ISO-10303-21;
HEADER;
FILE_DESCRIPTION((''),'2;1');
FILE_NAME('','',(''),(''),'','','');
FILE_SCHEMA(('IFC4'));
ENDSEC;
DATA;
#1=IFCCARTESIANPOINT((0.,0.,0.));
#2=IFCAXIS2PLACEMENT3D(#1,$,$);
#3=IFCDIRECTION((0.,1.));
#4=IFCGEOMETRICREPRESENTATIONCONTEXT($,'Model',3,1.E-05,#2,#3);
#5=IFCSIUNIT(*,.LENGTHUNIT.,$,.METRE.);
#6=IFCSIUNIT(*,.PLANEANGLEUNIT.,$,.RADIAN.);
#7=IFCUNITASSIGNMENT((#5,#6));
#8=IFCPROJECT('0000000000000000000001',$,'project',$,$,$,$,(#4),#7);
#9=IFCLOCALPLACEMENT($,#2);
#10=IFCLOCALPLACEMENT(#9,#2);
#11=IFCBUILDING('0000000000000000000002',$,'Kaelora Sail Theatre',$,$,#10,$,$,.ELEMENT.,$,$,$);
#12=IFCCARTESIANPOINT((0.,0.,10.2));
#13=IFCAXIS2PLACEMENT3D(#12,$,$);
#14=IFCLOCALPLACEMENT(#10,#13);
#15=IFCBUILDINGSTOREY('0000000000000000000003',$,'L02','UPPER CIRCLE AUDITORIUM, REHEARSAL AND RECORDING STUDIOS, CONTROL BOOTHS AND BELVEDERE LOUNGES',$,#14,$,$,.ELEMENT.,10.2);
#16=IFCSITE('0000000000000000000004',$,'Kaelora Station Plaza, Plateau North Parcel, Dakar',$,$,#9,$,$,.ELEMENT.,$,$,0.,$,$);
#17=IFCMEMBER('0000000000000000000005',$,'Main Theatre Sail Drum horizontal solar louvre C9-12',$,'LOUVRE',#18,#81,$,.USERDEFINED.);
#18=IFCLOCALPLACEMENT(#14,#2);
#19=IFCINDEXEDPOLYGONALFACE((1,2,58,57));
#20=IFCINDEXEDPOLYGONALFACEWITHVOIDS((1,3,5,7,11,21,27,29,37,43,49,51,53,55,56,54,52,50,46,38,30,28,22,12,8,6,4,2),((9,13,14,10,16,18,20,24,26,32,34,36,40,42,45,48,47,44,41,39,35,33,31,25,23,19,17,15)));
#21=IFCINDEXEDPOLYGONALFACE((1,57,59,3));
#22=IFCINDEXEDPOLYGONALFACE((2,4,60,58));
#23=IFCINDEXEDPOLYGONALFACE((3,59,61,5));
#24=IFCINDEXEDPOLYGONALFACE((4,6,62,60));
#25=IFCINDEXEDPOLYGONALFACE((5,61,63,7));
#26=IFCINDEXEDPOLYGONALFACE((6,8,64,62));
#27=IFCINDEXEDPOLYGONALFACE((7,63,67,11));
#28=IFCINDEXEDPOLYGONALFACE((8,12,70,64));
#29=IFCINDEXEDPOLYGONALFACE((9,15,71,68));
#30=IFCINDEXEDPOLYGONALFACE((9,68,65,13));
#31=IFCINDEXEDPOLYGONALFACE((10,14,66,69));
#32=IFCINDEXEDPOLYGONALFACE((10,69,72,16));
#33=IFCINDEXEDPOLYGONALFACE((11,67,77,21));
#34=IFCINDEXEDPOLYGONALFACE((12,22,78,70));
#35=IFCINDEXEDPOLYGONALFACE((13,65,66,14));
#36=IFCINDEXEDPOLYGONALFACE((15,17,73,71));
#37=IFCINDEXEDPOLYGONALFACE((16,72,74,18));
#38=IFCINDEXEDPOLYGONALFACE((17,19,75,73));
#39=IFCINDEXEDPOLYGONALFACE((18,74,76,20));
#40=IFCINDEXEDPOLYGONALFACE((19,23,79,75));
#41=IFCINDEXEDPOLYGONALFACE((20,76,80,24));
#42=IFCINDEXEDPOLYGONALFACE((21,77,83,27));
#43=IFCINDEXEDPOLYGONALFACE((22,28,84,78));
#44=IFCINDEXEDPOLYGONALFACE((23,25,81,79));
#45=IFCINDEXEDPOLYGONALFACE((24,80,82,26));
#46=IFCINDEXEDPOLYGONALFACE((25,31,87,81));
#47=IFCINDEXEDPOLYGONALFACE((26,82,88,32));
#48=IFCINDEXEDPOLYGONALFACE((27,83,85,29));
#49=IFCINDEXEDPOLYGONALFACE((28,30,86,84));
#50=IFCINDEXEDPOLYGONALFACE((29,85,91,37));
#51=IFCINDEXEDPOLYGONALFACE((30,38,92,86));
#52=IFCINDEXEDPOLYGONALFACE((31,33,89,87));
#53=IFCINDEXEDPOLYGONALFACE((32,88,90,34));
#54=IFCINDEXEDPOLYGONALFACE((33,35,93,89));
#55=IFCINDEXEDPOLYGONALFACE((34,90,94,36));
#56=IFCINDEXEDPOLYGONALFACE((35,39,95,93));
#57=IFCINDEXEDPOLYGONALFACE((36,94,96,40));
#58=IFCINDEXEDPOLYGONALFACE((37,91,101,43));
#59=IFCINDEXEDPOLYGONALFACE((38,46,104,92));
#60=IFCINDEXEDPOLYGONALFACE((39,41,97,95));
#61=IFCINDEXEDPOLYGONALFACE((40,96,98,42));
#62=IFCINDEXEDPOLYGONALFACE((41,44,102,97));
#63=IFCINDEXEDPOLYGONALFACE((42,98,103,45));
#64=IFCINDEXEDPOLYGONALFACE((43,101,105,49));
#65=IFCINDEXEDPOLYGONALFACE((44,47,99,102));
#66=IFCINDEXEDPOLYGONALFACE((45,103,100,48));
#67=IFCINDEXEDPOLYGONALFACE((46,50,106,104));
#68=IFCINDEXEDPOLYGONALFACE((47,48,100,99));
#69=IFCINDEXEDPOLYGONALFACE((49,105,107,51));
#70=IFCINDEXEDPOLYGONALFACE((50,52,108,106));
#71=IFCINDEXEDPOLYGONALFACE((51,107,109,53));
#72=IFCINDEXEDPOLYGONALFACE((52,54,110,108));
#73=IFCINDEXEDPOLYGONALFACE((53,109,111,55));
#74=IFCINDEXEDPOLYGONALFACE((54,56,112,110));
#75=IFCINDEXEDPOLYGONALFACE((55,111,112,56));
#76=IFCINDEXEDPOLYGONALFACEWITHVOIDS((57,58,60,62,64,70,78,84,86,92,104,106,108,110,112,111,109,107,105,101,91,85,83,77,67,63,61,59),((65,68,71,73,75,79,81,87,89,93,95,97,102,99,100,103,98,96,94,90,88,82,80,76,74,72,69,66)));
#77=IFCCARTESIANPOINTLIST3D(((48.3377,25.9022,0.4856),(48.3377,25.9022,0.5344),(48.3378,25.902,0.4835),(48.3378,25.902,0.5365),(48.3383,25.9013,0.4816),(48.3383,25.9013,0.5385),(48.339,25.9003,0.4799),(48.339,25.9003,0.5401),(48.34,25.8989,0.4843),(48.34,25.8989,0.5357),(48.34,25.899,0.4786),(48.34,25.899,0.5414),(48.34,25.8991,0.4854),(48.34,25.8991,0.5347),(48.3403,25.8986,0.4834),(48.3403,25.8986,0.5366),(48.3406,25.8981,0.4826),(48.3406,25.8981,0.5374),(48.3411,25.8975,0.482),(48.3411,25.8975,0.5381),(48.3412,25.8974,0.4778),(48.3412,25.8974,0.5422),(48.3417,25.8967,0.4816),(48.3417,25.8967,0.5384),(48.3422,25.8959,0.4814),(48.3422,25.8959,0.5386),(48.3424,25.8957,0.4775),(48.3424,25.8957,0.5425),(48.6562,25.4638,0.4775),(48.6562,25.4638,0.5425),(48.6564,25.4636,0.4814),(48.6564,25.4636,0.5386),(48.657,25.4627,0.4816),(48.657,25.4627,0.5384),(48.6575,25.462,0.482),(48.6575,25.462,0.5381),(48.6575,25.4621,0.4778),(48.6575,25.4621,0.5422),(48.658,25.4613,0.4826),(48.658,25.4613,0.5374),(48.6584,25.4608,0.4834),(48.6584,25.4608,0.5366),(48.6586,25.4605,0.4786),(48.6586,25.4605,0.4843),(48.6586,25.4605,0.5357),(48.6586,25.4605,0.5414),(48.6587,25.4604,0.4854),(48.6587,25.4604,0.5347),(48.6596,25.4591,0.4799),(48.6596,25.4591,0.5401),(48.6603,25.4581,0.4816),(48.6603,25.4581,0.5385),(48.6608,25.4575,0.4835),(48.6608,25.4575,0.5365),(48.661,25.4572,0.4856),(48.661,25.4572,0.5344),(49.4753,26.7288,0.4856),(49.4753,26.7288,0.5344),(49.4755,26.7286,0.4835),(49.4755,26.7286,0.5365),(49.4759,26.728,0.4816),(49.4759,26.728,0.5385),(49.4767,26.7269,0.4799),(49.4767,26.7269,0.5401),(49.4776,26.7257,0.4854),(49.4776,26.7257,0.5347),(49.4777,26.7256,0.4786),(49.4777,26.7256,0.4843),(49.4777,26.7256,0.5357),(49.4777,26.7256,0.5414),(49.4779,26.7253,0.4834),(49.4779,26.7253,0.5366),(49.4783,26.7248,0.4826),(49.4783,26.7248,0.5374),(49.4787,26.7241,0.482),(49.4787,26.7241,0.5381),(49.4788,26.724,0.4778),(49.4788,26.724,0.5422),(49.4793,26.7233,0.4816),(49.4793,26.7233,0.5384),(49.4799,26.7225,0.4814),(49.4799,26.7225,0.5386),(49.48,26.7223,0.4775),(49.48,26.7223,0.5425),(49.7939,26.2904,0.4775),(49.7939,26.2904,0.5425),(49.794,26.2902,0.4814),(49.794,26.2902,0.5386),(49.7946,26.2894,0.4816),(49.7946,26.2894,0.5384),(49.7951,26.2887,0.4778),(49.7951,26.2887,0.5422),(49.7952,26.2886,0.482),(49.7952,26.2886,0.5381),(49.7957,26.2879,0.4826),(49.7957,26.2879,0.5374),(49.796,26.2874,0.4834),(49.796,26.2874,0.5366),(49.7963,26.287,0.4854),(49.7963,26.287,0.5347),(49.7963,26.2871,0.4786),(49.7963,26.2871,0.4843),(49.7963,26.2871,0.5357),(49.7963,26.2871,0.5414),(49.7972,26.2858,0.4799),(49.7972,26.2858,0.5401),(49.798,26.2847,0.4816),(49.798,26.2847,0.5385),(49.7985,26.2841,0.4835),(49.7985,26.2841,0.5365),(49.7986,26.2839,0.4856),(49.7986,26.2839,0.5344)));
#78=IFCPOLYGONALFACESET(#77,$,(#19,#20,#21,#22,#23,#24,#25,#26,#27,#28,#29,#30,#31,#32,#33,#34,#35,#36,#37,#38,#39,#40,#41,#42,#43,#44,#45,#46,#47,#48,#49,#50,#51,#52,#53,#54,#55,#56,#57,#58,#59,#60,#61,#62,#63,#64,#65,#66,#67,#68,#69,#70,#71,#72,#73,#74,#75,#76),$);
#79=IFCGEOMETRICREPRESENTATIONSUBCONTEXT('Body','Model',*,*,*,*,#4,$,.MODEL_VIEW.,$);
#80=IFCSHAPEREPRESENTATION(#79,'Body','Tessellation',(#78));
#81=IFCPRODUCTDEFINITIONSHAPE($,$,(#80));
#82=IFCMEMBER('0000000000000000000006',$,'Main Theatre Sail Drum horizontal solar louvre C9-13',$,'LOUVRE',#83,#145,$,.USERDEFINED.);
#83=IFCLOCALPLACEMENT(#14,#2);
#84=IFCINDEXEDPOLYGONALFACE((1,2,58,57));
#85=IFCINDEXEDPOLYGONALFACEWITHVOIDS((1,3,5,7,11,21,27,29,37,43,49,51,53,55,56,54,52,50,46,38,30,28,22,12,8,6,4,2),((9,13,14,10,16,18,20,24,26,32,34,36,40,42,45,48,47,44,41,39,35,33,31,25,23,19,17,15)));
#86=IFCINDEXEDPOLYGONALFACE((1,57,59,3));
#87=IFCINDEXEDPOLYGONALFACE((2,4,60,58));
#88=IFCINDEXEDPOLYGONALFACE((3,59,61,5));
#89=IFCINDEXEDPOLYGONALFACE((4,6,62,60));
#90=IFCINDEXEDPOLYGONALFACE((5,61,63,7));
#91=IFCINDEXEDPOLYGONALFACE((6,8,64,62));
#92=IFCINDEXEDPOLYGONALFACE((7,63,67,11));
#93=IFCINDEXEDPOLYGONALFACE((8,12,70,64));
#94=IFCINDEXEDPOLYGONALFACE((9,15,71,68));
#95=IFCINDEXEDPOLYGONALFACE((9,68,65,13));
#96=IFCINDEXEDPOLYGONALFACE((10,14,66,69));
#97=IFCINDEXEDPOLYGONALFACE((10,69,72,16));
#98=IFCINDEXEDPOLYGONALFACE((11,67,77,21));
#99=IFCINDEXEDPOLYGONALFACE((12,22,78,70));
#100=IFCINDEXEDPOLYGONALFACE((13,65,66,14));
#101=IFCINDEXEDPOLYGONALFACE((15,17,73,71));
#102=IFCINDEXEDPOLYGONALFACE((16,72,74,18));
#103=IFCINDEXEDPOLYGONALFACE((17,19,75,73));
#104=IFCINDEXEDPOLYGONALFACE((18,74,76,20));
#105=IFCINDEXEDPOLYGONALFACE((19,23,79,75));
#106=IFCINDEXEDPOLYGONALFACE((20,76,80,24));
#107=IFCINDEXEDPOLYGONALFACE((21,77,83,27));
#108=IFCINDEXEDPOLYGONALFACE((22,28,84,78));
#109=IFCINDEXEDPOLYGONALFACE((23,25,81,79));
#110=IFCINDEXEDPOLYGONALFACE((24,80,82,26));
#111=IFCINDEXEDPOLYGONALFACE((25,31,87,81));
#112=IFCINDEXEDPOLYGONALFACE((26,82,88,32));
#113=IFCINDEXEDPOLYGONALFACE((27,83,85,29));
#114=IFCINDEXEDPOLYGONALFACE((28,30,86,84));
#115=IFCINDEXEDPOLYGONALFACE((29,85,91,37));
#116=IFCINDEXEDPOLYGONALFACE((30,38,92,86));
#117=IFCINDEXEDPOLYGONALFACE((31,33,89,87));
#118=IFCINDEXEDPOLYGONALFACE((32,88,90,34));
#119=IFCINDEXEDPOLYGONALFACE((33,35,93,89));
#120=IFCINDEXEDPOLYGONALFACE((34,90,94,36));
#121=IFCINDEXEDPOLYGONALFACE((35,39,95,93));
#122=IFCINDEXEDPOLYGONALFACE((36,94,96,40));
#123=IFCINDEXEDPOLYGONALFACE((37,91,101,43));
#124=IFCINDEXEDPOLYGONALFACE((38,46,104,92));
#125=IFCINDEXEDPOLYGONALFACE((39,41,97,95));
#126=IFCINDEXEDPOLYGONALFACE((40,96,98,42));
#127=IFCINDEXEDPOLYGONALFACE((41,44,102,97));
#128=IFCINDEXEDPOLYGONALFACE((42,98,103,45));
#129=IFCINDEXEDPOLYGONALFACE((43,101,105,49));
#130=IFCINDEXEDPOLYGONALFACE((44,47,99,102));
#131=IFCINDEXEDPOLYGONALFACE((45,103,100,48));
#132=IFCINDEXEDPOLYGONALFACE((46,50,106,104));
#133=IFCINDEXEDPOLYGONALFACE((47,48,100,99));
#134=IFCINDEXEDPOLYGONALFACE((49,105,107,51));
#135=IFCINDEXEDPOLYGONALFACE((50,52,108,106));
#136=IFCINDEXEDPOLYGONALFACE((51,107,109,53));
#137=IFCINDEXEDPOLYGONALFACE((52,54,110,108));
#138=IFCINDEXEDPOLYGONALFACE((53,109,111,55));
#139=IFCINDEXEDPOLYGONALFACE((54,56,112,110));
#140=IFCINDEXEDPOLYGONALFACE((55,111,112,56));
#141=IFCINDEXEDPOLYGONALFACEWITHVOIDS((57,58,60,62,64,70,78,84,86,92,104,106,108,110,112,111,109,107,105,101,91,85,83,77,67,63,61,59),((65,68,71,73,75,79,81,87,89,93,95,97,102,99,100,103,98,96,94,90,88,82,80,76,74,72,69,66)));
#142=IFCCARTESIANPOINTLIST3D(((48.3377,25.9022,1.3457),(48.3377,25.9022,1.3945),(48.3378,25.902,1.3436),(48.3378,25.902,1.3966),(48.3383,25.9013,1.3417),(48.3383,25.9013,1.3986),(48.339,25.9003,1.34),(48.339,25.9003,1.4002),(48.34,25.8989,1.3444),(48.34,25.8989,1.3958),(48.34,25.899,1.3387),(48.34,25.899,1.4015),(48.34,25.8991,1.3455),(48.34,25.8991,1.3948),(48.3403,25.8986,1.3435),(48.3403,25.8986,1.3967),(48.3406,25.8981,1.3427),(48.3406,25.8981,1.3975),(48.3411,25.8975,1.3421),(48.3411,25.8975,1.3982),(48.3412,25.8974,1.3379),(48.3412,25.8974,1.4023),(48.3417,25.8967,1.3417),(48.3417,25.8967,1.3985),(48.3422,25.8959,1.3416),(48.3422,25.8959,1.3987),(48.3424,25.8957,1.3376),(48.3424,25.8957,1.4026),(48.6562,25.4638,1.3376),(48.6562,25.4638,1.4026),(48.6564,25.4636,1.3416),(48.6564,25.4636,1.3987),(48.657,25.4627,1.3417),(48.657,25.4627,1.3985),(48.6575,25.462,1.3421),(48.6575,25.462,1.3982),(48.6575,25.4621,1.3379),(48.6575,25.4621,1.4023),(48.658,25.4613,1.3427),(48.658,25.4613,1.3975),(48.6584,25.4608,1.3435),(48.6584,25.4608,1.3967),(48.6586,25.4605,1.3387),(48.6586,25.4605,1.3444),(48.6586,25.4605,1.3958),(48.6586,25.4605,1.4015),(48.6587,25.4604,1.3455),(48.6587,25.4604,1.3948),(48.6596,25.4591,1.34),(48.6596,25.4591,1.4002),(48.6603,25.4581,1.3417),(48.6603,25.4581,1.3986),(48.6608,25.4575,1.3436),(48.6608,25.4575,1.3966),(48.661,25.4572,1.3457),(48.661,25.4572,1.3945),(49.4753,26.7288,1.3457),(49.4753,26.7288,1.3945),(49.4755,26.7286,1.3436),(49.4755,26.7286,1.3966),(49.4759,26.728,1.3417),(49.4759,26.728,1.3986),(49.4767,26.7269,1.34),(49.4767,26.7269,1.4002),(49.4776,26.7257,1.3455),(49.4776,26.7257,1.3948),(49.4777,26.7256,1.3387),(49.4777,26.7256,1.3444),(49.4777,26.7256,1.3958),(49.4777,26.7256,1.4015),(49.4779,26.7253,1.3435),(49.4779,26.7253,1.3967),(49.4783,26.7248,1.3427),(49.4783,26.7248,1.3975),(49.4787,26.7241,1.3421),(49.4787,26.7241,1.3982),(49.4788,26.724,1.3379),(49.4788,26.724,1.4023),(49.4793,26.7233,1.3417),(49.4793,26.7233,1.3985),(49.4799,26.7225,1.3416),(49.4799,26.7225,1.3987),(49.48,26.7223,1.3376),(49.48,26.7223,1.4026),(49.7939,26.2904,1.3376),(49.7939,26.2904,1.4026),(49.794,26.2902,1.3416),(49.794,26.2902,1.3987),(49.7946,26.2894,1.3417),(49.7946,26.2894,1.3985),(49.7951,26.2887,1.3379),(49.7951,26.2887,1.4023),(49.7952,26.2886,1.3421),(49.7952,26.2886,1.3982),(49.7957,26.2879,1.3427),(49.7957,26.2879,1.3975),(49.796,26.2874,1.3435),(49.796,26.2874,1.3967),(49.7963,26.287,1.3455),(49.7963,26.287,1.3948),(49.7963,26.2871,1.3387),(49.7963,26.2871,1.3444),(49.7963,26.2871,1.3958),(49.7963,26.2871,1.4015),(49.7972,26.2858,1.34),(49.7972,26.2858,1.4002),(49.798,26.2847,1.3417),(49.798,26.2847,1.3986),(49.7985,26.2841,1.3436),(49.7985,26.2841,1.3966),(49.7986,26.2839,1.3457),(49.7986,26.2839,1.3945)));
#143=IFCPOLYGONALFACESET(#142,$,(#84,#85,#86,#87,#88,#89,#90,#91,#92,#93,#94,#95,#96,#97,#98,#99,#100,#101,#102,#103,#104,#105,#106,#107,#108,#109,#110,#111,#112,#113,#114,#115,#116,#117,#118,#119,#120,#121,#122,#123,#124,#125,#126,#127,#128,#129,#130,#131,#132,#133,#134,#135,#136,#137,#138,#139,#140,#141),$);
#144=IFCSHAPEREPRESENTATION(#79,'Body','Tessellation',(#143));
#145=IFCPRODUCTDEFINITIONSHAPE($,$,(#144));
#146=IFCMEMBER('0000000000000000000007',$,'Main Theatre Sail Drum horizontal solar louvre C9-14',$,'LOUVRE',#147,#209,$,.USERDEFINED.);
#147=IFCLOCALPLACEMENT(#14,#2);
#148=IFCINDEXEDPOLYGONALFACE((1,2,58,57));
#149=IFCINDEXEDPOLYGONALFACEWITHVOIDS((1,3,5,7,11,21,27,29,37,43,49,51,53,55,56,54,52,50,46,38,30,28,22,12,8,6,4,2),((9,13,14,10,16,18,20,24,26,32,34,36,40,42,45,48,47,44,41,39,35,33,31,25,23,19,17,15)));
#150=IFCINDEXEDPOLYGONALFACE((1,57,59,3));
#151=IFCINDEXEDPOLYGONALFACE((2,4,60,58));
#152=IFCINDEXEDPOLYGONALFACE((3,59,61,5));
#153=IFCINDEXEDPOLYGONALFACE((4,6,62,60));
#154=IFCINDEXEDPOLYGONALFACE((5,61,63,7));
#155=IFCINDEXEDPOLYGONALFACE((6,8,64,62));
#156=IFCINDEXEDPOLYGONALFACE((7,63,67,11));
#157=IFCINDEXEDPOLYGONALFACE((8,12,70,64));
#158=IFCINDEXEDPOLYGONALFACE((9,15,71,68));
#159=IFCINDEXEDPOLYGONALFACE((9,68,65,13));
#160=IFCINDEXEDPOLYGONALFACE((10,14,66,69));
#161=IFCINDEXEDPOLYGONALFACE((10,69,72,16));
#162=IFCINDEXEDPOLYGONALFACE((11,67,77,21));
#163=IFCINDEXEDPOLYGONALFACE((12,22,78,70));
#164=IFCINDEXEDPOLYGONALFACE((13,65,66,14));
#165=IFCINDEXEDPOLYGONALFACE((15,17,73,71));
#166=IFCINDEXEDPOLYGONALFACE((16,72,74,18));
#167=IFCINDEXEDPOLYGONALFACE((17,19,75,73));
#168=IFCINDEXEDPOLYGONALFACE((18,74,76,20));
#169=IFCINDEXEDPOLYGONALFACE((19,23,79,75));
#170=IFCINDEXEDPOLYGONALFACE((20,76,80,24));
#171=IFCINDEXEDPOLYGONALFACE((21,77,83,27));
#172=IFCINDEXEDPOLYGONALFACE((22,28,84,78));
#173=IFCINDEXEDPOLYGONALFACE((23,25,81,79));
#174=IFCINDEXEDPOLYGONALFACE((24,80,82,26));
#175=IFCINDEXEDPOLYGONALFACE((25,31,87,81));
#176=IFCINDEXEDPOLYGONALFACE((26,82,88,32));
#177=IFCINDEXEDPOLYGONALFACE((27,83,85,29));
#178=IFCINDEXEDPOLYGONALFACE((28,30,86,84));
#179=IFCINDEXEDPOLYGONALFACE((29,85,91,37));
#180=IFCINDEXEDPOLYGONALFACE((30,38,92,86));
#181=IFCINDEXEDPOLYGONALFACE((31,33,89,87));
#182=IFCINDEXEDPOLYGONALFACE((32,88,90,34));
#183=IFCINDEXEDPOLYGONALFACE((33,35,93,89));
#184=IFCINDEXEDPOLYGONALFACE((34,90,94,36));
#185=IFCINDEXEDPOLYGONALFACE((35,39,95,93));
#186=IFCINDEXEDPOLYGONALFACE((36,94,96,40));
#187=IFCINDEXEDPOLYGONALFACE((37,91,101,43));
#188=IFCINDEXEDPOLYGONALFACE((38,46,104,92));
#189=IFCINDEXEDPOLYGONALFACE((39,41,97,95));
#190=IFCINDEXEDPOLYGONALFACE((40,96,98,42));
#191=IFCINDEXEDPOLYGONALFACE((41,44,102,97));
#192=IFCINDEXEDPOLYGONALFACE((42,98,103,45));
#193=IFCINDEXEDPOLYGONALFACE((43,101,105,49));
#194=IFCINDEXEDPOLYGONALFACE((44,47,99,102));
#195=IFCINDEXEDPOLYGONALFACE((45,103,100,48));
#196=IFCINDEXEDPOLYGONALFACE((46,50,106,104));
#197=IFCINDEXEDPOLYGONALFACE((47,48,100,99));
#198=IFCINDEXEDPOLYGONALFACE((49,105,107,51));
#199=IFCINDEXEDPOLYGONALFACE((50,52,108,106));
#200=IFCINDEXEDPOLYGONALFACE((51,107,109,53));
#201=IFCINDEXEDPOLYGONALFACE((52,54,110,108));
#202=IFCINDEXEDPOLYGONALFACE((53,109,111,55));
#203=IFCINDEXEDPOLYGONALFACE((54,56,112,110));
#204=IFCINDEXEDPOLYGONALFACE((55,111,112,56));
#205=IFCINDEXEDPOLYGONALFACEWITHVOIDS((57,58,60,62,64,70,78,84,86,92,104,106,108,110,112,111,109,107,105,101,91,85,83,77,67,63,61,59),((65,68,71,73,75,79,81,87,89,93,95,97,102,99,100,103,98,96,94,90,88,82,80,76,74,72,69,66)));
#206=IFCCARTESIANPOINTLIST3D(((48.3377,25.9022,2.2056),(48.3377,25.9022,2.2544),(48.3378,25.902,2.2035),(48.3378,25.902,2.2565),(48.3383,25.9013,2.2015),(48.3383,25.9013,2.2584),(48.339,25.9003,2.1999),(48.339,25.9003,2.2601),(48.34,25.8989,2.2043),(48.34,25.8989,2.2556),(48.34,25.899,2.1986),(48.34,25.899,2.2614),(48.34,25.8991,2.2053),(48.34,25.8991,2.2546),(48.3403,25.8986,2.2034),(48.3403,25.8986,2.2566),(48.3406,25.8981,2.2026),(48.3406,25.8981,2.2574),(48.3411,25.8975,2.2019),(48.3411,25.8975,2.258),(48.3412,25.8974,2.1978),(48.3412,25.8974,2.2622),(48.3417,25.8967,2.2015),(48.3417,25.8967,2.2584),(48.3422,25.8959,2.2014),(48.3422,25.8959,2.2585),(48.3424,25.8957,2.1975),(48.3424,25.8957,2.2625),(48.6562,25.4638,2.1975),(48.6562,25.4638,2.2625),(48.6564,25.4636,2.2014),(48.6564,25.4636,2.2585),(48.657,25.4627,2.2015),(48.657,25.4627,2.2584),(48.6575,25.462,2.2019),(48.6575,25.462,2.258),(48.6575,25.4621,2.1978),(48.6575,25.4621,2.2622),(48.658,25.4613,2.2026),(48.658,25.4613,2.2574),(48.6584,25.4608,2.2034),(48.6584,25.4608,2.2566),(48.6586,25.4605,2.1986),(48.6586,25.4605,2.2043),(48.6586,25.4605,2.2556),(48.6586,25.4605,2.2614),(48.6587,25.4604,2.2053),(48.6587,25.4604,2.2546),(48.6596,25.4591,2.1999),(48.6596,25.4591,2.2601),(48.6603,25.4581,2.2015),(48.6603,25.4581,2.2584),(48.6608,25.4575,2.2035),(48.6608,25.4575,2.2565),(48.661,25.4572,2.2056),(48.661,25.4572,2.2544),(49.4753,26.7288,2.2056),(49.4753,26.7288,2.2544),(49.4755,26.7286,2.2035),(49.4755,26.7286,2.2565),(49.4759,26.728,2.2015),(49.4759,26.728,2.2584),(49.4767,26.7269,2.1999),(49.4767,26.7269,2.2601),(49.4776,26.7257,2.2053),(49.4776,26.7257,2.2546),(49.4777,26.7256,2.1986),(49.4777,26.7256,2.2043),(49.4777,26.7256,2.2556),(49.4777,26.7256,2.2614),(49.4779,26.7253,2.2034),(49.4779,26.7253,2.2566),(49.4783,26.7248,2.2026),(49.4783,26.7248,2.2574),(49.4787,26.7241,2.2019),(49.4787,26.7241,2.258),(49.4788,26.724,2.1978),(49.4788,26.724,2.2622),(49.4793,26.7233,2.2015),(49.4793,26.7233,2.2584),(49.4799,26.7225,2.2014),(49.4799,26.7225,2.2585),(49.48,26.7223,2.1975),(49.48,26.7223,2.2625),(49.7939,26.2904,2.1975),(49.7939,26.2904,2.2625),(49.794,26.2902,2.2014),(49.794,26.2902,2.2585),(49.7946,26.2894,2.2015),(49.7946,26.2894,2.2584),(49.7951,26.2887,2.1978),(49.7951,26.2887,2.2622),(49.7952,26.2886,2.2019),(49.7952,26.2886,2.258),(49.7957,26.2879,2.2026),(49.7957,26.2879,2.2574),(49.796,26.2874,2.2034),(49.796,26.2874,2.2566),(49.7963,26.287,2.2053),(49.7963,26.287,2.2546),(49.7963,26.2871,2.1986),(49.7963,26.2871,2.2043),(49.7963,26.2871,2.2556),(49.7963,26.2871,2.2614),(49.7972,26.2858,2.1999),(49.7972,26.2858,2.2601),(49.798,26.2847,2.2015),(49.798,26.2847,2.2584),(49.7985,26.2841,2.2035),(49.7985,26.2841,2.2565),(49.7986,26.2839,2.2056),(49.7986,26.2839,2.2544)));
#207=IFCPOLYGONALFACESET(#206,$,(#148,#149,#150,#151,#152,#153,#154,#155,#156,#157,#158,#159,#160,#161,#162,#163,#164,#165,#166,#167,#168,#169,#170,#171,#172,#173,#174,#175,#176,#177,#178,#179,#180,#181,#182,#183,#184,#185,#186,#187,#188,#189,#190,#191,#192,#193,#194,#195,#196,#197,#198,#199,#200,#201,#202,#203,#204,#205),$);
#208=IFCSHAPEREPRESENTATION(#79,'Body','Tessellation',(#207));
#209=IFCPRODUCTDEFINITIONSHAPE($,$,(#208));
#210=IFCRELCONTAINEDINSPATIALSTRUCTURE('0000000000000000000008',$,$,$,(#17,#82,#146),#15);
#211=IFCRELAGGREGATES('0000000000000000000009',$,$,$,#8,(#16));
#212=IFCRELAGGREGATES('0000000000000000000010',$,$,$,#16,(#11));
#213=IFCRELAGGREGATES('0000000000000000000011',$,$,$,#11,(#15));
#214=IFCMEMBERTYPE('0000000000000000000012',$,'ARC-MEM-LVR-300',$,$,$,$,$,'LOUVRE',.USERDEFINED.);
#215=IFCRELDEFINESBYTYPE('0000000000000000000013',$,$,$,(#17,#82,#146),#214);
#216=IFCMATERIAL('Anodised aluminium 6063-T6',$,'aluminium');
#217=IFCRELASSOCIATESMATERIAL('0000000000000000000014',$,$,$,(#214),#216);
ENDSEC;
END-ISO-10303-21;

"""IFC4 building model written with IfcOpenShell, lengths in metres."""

from ifc_helpers import new_model, si_unit, direction, frame, origin, origin_2d, place, context, subcontext, project, spatial, hollow_rectangle, extrude, material, material_profile, profile_set, type_object, element, save


model = new_model("IFC4")

# Units and contexts
model_context = context("Model", 3, precision=1e-05, world=origin(), true_north=direction((0.0, 1.0)))
body_context = subcontext(model_context, "Body", "Model", "MODEL_VIEW")
ifc_project = project(units=[si_unit("LENGTHUNIT", "METRE"), si_unit("PLANEANGLEUNIT", "RADIAN")], contexts=[model_context])

# Site, building, storey
site_placement = place(None, origin())
site = spatial("IfcSite", under=ifc_project, at=site_placement, Name="Kaelora Station Plaza, Plateau North Parcel, Dakar", CompositionType="ELEMENT", RefElevation=0.0)
building_placement = place(site_placement, origin())
building = spatial("IfcBuilding", under=site, at=building_placement, Name="Kaelora Sail Theatre", CompositionType="ELEMENT")
storey_placement = place(building_placement, frame((0.0, 0.0, 10.2)))
storey = spatial("IfcBuildingStorey", under=building, at=storey_placement, Name="L02", Description="UPPER CIRCLE AUDITORIUM, REHEARSAL AND RECORDING STUDIOS, CONTROL BOOTHS AND BELVEDERE LOUNGES", CompositionType="ELEMENT", Elevation=10.2)

# Members
ifc_material_1 = material(Name="Anodised aluminium 6063-T6", Category="aluminium")
ifc_material_profile_1 = material_profile(ifc_material_1, hollow_rectangle(XDim=0.55, YDim=0.0649, WallThickness=0.0039, InnerFilletRadius=0.0039, OuterFilletRadius=0.0081, at=origin_2d()), Name="LOUVRE 550x65x4")
ifc_profile_set_1 = profile_set([ifc_material_profile_1], Name="Anodised aluminium 6063-T6")
member_type = type_object("IfcMemberType", Name="ARC-MEM-LVR-300", ElementType="LOUVRE", PredefinedType="USERDEFINED", material=ifc_profile_set_1)
for number, where, z_axis, x_axis, name in (
    (1, (49.637, 26.5063, 0.51), (-0.808991, -0.587821, 0.0), (0.587821, -0.808991, 0.0), "Main Theatre Sail Drum horizontal solar louvre C9-12"),
    (2, (49.637, 26.5063, 1.3701), (-0.808991, -0.587821, 0.0), (0.587821, -0.808991, 0.0), "Main Theatre Sail Drum horizontal solar louvre C9-13"),
    (3, (49.637, 26.5063, 2.23), (-0.808991, -0.587821, 0.0), (0.587821, -0.808991, 0.0), "Main Theatre Sail Drum horizontal solar louvre C9-14"),
):
    element("IfcMember", number, at=place(storey_placement, frame(where, z_axis=z_axis, x_axis=x_axis)), inside=storey, type_object=member_type, Name=name, ObjectType="LOUVRE", PredefinedType="USERDEFINED", context=body_context, shape_type="SweptSolid", body=[
        extrude(hollow_rectangle(XDim=0.55, YDim=0.0649, WallThickness=0.0039, InnerFilletRadius=0.0039, OuterFilletRadius=0.0081, at=origin_2d()), origin(), (0.0, 0.0, 1.0), 1.4062),
    ])

save(model, "model.ifc")
